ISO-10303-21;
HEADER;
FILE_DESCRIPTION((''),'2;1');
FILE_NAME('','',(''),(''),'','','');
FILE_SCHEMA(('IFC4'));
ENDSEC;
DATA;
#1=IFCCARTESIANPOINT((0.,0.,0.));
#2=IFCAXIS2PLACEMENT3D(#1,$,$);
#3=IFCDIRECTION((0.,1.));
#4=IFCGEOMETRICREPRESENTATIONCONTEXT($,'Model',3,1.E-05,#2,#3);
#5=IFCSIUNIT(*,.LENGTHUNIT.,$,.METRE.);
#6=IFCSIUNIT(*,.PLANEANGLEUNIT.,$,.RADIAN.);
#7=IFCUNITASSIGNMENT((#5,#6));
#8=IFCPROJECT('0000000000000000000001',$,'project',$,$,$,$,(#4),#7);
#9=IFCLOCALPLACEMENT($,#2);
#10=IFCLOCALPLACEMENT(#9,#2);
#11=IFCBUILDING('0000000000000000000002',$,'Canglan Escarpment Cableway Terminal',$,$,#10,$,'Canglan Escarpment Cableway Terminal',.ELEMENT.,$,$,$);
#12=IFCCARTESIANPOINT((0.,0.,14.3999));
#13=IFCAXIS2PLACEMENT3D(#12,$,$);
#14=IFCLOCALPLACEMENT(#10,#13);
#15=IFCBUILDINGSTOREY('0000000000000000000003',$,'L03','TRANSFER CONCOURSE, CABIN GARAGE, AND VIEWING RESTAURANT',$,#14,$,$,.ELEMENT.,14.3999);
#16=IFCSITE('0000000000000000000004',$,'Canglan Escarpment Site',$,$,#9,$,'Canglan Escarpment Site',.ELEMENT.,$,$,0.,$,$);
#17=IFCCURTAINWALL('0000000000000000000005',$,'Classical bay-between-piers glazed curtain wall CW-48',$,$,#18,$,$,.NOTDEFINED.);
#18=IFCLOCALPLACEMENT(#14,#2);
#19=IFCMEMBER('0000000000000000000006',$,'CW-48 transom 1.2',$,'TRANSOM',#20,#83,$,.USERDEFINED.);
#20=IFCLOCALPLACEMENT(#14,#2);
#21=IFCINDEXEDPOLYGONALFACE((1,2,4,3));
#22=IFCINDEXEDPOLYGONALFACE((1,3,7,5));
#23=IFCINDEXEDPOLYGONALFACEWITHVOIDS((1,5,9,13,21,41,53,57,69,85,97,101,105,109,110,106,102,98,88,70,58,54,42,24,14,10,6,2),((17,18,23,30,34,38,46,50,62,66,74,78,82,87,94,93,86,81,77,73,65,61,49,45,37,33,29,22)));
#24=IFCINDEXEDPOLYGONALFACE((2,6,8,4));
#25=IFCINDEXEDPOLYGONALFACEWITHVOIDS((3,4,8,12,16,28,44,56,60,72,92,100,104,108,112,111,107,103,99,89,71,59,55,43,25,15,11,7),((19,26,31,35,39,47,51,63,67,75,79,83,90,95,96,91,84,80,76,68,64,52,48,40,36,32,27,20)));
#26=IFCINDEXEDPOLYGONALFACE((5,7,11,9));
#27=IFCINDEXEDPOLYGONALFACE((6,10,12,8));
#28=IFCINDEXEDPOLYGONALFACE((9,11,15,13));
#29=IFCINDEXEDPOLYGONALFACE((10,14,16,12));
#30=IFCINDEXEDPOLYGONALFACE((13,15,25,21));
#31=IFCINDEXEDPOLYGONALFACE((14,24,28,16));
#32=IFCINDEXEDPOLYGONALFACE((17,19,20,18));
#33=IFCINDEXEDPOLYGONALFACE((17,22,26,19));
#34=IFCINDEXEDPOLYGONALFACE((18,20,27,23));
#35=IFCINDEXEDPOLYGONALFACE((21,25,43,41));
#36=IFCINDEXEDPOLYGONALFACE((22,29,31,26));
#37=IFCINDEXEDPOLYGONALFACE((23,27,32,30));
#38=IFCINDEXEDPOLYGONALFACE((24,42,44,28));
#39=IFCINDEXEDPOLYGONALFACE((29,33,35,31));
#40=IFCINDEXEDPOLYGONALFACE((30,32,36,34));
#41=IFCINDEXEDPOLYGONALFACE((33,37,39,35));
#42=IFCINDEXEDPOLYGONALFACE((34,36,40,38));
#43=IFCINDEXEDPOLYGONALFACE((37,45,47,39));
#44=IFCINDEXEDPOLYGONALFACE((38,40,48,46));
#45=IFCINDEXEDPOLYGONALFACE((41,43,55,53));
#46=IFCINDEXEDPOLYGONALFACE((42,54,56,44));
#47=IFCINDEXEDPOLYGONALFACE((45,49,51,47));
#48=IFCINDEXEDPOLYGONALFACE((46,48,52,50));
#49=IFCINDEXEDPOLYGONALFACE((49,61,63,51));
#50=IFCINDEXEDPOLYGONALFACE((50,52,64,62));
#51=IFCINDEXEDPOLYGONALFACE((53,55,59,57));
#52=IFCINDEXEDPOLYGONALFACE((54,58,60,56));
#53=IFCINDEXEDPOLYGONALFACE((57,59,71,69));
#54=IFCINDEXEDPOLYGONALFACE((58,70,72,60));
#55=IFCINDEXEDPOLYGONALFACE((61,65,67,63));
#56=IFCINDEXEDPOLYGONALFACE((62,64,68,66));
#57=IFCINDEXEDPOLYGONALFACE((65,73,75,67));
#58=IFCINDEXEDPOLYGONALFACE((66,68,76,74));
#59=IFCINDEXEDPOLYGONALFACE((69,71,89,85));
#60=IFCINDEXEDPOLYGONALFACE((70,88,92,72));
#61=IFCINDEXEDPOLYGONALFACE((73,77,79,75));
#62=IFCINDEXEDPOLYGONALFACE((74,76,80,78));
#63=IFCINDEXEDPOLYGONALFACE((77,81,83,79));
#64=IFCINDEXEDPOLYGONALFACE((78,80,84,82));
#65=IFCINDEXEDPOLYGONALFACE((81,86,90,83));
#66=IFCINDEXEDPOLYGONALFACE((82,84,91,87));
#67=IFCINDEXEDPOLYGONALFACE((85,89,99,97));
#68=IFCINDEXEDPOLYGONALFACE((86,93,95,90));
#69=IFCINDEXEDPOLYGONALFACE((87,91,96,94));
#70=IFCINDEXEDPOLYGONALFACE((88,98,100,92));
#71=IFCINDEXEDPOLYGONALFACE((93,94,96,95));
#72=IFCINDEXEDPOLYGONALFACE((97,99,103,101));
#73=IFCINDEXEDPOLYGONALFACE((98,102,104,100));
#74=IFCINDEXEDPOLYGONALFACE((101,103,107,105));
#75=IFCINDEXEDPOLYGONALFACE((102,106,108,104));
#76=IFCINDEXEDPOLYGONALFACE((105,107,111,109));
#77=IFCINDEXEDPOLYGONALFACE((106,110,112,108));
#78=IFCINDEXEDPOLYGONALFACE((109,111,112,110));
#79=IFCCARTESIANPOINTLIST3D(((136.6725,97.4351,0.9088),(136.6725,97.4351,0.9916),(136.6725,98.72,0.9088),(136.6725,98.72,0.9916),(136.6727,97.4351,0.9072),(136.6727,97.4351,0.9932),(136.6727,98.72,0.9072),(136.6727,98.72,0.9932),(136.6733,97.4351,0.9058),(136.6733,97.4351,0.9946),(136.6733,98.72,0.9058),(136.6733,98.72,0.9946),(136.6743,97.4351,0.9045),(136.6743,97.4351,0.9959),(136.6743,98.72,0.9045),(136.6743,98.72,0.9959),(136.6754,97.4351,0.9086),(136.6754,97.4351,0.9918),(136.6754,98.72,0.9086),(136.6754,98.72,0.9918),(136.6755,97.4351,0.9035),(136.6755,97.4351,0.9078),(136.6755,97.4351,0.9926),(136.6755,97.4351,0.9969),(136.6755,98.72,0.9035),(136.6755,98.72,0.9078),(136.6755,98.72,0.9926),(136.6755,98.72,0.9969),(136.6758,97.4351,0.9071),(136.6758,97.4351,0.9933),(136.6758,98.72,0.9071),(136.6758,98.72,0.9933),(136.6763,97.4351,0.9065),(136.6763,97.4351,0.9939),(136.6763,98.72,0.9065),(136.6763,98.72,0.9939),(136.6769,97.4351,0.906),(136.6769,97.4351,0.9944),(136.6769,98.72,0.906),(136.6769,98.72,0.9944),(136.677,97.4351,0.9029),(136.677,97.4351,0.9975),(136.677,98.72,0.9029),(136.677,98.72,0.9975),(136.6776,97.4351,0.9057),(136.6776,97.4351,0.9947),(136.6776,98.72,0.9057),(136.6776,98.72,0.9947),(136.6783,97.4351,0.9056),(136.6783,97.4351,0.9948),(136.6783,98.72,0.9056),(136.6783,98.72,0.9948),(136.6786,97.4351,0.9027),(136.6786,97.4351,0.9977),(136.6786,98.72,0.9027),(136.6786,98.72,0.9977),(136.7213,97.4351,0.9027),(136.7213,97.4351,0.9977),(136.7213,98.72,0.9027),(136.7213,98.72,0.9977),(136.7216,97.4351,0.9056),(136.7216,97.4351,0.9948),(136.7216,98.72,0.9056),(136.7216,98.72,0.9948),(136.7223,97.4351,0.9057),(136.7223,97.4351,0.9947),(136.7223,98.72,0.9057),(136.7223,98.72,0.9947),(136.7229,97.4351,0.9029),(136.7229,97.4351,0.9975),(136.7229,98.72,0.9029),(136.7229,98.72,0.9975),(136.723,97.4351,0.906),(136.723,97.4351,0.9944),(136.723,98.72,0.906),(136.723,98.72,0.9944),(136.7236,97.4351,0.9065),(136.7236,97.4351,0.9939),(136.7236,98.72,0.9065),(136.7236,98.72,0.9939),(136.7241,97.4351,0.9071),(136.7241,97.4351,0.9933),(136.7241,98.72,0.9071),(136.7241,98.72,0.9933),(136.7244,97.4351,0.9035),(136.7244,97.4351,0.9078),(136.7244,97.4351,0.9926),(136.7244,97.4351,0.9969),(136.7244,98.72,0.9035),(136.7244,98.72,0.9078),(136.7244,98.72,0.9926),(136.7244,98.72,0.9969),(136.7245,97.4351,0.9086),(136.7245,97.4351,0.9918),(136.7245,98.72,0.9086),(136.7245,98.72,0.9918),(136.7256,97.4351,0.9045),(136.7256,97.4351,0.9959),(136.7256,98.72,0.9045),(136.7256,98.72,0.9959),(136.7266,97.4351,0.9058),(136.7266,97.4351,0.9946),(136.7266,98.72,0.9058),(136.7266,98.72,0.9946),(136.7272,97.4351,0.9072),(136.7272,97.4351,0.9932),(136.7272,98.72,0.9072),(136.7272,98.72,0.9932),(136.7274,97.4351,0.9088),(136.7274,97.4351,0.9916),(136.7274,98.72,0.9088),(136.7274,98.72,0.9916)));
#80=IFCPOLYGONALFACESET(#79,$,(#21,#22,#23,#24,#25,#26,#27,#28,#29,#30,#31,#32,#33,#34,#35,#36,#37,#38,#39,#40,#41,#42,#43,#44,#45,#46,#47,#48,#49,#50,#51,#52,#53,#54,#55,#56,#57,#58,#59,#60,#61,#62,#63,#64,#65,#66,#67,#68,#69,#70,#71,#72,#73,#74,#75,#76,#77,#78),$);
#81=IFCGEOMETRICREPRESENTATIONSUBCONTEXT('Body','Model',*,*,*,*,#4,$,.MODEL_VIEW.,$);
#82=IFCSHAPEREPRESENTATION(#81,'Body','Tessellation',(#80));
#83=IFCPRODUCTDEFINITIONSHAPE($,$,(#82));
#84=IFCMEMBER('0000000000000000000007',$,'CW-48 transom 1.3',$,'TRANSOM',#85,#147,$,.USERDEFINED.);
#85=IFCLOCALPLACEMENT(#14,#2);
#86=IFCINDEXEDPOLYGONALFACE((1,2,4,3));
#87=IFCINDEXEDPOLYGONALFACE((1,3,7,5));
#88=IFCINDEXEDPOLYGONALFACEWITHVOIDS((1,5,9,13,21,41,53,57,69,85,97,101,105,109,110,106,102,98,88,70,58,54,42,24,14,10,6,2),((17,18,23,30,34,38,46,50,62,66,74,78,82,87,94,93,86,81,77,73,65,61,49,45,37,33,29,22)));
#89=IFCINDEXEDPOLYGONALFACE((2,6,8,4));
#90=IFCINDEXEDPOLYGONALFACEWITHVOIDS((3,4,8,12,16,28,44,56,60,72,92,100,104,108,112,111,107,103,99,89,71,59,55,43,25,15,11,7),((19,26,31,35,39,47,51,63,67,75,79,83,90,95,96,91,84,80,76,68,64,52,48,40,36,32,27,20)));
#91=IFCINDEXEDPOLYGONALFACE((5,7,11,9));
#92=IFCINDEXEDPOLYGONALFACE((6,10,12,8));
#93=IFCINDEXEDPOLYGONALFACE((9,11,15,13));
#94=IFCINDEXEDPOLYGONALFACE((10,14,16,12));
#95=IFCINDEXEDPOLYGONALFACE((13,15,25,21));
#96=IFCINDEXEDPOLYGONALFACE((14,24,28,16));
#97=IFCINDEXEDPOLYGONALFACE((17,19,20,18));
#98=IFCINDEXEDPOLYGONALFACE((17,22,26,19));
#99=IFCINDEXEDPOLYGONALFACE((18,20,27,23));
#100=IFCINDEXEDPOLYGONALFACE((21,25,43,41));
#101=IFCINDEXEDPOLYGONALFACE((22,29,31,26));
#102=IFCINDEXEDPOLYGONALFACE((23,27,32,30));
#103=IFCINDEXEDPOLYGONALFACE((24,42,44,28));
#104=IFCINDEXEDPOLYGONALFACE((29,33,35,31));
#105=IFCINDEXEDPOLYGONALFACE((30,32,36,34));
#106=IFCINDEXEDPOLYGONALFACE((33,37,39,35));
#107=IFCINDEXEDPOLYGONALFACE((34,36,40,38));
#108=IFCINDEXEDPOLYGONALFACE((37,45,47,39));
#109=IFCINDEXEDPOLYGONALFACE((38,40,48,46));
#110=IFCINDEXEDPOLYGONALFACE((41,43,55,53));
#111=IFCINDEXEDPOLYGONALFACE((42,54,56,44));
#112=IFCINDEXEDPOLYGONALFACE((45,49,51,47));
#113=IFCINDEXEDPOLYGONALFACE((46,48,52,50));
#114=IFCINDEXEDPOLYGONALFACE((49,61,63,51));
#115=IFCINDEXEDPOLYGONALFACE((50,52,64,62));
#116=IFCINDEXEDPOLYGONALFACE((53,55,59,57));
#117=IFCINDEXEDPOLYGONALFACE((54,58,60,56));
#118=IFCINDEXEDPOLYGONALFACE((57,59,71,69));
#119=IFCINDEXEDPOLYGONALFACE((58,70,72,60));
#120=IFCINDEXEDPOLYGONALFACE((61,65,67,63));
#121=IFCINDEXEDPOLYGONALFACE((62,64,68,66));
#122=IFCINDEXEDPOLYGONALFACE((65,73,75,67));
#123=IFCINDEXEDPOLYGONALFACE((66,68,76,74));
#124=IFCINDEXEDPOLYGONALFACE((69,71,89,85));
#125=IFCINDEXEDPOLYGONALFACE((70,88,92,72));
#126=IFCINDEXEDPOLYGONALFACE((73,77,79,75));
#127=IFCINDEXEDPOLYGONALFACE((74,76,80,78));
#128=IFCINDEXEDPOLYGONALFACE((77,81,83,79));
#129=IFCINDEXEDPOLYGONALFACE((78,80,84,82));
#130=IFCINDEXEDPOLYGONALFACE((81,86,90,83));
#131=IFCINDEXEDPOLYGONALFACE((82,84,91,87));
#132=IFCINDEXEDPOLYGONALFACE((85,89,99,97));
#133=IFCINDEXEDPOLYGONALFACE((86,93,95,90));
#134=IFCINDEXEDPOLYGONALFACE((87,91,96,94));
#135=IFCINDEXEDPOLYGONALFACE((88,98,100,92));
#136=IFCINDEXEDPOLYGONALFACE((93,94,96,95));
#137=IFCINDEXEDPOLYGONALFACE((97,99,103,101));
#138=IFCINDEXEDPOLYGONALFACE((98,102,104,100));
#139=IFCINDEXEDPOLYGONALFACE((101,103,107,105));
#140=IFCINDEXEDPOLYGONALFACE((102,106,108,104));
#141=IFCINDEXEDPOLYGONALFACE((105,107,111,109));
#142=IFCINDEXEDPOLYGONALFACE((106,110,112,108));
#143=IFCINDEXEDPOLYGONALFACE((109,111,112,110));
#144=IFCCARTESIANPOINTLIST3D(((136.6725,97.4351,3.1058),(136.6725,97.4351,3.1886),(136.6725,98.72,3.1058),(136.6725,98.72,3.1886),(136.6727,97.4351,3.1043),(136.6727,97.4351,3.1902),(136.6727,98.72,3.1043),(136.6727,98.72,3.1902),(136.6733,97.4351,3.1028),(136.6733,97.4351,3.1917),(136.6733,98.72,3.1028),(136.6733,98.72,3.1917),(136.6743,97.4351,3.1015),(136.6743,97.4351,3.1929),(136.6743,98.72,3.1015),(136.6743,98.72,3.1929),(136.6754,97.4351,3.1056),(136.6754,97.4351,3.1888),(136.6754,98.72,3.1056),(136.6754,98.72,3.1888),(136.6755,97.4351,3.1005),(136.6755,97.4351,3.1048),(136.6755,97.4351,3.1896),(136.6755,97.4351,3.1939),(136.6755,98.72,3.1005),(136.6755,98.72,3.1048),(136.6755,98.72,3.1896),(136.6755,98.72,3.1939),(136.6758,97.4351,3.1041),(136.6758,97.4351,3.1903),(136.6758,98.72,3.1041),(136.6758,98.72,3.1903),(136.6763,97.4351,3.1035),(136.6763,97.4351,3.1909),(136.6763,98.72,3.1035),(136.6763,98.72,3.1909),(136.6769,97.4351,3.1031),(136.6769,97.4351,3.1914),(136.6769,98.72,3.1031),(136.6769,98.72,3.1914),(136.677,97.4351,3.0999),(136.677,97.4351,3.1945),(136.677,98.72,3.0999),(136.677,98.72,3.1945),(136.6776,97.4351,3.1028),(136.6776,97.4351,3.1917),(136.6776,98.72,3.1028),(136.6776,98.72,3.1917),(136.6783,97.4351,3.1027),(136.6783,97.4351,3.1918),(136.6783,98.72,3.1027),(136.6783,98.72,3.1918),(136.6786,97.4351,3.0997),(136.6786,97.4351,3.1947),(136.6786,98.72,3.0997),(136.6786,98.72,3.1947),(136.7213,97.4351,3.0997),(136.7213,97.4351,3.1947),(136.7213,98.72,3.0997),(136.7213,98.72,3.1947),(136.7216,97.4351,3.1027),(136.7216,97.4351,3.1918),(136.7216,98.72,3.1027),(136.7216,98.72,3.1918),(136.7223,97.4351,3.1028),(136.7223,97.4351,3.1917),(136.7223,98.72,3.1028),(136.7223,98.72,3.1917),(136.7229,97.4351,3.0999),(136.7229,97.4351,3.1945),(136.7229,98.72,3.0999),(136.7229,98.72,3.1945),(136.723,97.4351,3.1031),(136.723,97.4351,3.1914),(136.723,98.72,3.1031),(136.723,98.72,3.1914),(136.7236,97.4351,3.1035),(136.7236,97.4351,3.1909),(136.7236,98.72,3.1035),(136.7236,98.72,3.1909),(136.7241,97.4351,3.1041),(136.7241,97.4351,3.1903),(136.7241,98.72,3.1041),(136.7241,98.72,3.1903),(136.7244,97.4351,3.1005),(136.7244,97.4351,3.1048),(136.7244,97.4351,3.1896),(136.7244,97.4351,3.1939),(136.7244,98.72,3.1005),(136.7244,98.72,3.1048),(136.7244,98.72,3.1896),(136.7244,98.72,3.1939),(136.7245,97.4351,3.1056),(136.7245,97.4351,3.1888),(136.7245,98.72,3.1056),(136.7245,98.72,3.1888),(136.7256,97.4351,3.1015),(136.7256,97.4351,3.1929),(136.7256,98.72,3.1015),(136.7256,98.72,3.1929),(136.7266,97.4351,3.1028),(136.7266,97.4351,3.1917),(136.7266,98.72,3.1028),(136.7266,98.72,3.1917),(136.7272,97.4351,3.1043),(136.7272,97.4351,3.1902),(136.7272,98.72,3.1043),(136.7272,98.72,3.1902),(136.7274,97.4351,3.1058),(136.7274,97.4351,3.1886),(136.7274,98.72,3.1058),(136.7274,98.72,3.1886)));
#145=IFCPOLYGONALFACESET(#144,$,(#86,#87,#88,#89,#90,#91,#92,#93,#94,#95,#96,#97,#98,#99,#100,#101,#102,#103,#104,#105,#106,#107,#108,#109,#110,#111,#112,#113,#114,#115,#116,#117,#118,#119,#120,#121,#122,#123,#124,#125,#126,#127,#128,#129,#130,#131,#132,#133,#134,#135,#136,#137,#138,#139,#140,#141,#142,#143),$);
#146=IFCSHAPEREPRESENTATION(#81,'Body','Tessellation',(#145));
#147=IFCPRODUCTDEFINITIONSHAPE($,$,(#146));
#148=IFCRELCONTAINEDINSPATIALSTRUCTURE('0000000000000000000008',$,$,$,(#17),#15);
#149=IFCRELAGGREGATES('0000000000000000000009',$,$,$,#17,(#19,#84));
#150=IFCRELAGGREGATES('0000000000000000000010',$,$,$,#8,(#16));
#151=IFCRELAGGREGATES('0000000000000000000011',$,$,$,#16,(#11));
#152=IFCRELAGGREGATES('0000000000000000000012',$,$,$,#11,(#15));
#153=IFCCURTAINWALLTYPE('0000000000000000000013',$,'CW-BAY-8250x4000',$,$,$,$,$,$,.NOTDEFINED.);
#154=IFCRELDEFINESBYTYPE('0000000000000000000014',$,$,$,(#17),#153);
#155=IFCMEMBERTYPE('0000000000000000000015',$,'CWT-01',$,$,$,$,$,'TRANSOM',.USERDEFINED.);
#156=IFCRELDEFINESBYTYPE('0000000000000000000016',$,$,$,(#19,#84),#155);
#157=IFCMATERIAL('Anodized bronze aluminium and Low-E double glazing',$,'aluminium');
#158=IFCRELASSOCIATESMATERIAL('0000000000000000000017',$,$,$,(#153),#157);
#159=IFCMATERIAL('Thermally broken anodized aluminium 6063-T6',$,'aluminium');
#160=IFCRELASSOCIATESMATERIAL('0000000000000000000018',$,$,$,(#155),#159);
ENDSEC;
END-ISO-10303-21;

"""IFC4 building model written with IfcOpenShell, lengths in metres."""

from ifc_helpers import new_model, si_unit, direction, frame, origin, origin_2d, place, context, subcontext, project, spatial, hollow_rectangle, extrude, material, material_profile, profile_set, type_object, element, aggregate, save


model = new_model("IFC4")

# Units and contexts
model_context = context("Model", 3, precision=1e-05, world=origin(), true_north=direction((0.0, 1.0)))
body_context = subcontext(model_context, "Body", "Model", "MODEL_VIEW")
ifc_project = project(units=[si_unit("LENGTHUNIT", "METRE"), si_unit("PLANEANGLEUNIT", "RADIAN")], contexts=[model_context])

# Site, building, storey
site_placement = place(None, origin())
site = spatial("IfcSite", under=ifc_project, at=site_placement, Name="Canglan Escarpment Site", LongName="Canglan Escarpment Site", CompositionType="ELEMENT", RefElevation=0.0)
building_placement = place(site_placement, origin())
building = spatial("IfcBuilding", under=site, at=building_placement, Name="Canglan Escarpment Cableway Terminal", LongName="Canglan Escarpment Cableway Terminal", CompositionType="ELEMENT")
storey_placement = place(building_placement, frame((0.0, 0.0, 14.3999)))
storey = spatial("IfcBuildingStorey", under=building, at=storey_placement, Name="L03", Description="TRANSFER CONCOURSE, CABIN GARAGE, AND VIEWING RESTAURANT", CompositionType="ELEMENT", Elevation=14.3999)

# Curtain wall
ifc_material_1 = material(Name="Anodized bronze aluminium and Low-E double glazing", Category="aluminium")
curtain_wall_type_1 = type_object("IfcCurtainWallType", Name="CW-BAY-8250x4000", PredefinedType="NOTDEFINED", material=ifc_material_1)
curtain_wall_1_placement = place(storey_placement, origin())
curtain_wall_1 = element("IfcCurtainWall", 1, at=curtain_wall_1_placement, inside=storey, type_object=curtain_wall_type_1, Name="Classical bay-between-piers glazed curtain wall CW-48", PredefinedType="NOTDEFINED")
ifc_material_2 = material(Name="Thermally broken anodized aluminium 6063-T6", Category="aluminium")

# Members
ifc_material_profile_1 = material_profile(ifc_material_2, hollow_rectangle(XDim=0.0549, YDim=0.095, WallThickness=0.0029, InnerFilletRadius=0.0029, OuterFilletRadius=0.0061, at=origin_2d()), Name="ALU-TRAN 55x95x3")
ifc_profile_set_1 = profile_set([ifc_material_profile_1], Name="Thermally broken anodized aluminium 6063-T6")
member_type_1 = type_object("IfcMemberType", Name="CWT-01", ElementType="TRANSOM", PredefinedType="USERDEFINED", material=ifc_profile_set_1)
member_1_placement = place(storey_placement, frame((136.7, 97.4351, 0.9502), z_axis=(0.0, 1.0, 0.0), x_axis=(-1.0, 0.0, 0.0)))
member_1 = element("IfcMember", 2, at=member_1_placement, type_object=member_type_1, Name="CW-48 transom 1.2", ObjectType="TRANSOM", PredefinedType="USERDEFINED", context=body_context, shape_type="SweptSolid", body=[
    extrude(hollow_rectangle(XDim=0.0549, YDim=0.095, WallThickness=0.0029, InnerFilletRadius=0.0029, OuterFilletRadius=0.0061, at=origin_2d()), origin(), (0.0, 0.0, 1.0), 1.2849),
])
member_2_placement = place(storey_placement, frame((136.7, 97.4351, 3.1472), z_axis=(0.0, 1.0, 0.0), x_axis=(-1.0, 0.0, 0.0)))
member_2 = element("IfcMember", 3, at=member_2_placement, type_object=member_type_1, Name="CW-48 transom 1.3", ObjectType="TRANSOM", PredefinedType="USERDEFINED", context=body_context, shape_type="SweptSolid", body=[
    extrude(hollow_rectangle(XDim=0.0549, YDim=0.095, WallThickness=0.0029, InnerFilletRadius=0.0029, OuterFilletRadius=0.0061, at=origin_2d()), origin(), (0.0, 0.0, 1.0), 1.2849),
])
aggregate(curtain_wall_1, [member_1, member_2])

save(model, "model.ifc")
